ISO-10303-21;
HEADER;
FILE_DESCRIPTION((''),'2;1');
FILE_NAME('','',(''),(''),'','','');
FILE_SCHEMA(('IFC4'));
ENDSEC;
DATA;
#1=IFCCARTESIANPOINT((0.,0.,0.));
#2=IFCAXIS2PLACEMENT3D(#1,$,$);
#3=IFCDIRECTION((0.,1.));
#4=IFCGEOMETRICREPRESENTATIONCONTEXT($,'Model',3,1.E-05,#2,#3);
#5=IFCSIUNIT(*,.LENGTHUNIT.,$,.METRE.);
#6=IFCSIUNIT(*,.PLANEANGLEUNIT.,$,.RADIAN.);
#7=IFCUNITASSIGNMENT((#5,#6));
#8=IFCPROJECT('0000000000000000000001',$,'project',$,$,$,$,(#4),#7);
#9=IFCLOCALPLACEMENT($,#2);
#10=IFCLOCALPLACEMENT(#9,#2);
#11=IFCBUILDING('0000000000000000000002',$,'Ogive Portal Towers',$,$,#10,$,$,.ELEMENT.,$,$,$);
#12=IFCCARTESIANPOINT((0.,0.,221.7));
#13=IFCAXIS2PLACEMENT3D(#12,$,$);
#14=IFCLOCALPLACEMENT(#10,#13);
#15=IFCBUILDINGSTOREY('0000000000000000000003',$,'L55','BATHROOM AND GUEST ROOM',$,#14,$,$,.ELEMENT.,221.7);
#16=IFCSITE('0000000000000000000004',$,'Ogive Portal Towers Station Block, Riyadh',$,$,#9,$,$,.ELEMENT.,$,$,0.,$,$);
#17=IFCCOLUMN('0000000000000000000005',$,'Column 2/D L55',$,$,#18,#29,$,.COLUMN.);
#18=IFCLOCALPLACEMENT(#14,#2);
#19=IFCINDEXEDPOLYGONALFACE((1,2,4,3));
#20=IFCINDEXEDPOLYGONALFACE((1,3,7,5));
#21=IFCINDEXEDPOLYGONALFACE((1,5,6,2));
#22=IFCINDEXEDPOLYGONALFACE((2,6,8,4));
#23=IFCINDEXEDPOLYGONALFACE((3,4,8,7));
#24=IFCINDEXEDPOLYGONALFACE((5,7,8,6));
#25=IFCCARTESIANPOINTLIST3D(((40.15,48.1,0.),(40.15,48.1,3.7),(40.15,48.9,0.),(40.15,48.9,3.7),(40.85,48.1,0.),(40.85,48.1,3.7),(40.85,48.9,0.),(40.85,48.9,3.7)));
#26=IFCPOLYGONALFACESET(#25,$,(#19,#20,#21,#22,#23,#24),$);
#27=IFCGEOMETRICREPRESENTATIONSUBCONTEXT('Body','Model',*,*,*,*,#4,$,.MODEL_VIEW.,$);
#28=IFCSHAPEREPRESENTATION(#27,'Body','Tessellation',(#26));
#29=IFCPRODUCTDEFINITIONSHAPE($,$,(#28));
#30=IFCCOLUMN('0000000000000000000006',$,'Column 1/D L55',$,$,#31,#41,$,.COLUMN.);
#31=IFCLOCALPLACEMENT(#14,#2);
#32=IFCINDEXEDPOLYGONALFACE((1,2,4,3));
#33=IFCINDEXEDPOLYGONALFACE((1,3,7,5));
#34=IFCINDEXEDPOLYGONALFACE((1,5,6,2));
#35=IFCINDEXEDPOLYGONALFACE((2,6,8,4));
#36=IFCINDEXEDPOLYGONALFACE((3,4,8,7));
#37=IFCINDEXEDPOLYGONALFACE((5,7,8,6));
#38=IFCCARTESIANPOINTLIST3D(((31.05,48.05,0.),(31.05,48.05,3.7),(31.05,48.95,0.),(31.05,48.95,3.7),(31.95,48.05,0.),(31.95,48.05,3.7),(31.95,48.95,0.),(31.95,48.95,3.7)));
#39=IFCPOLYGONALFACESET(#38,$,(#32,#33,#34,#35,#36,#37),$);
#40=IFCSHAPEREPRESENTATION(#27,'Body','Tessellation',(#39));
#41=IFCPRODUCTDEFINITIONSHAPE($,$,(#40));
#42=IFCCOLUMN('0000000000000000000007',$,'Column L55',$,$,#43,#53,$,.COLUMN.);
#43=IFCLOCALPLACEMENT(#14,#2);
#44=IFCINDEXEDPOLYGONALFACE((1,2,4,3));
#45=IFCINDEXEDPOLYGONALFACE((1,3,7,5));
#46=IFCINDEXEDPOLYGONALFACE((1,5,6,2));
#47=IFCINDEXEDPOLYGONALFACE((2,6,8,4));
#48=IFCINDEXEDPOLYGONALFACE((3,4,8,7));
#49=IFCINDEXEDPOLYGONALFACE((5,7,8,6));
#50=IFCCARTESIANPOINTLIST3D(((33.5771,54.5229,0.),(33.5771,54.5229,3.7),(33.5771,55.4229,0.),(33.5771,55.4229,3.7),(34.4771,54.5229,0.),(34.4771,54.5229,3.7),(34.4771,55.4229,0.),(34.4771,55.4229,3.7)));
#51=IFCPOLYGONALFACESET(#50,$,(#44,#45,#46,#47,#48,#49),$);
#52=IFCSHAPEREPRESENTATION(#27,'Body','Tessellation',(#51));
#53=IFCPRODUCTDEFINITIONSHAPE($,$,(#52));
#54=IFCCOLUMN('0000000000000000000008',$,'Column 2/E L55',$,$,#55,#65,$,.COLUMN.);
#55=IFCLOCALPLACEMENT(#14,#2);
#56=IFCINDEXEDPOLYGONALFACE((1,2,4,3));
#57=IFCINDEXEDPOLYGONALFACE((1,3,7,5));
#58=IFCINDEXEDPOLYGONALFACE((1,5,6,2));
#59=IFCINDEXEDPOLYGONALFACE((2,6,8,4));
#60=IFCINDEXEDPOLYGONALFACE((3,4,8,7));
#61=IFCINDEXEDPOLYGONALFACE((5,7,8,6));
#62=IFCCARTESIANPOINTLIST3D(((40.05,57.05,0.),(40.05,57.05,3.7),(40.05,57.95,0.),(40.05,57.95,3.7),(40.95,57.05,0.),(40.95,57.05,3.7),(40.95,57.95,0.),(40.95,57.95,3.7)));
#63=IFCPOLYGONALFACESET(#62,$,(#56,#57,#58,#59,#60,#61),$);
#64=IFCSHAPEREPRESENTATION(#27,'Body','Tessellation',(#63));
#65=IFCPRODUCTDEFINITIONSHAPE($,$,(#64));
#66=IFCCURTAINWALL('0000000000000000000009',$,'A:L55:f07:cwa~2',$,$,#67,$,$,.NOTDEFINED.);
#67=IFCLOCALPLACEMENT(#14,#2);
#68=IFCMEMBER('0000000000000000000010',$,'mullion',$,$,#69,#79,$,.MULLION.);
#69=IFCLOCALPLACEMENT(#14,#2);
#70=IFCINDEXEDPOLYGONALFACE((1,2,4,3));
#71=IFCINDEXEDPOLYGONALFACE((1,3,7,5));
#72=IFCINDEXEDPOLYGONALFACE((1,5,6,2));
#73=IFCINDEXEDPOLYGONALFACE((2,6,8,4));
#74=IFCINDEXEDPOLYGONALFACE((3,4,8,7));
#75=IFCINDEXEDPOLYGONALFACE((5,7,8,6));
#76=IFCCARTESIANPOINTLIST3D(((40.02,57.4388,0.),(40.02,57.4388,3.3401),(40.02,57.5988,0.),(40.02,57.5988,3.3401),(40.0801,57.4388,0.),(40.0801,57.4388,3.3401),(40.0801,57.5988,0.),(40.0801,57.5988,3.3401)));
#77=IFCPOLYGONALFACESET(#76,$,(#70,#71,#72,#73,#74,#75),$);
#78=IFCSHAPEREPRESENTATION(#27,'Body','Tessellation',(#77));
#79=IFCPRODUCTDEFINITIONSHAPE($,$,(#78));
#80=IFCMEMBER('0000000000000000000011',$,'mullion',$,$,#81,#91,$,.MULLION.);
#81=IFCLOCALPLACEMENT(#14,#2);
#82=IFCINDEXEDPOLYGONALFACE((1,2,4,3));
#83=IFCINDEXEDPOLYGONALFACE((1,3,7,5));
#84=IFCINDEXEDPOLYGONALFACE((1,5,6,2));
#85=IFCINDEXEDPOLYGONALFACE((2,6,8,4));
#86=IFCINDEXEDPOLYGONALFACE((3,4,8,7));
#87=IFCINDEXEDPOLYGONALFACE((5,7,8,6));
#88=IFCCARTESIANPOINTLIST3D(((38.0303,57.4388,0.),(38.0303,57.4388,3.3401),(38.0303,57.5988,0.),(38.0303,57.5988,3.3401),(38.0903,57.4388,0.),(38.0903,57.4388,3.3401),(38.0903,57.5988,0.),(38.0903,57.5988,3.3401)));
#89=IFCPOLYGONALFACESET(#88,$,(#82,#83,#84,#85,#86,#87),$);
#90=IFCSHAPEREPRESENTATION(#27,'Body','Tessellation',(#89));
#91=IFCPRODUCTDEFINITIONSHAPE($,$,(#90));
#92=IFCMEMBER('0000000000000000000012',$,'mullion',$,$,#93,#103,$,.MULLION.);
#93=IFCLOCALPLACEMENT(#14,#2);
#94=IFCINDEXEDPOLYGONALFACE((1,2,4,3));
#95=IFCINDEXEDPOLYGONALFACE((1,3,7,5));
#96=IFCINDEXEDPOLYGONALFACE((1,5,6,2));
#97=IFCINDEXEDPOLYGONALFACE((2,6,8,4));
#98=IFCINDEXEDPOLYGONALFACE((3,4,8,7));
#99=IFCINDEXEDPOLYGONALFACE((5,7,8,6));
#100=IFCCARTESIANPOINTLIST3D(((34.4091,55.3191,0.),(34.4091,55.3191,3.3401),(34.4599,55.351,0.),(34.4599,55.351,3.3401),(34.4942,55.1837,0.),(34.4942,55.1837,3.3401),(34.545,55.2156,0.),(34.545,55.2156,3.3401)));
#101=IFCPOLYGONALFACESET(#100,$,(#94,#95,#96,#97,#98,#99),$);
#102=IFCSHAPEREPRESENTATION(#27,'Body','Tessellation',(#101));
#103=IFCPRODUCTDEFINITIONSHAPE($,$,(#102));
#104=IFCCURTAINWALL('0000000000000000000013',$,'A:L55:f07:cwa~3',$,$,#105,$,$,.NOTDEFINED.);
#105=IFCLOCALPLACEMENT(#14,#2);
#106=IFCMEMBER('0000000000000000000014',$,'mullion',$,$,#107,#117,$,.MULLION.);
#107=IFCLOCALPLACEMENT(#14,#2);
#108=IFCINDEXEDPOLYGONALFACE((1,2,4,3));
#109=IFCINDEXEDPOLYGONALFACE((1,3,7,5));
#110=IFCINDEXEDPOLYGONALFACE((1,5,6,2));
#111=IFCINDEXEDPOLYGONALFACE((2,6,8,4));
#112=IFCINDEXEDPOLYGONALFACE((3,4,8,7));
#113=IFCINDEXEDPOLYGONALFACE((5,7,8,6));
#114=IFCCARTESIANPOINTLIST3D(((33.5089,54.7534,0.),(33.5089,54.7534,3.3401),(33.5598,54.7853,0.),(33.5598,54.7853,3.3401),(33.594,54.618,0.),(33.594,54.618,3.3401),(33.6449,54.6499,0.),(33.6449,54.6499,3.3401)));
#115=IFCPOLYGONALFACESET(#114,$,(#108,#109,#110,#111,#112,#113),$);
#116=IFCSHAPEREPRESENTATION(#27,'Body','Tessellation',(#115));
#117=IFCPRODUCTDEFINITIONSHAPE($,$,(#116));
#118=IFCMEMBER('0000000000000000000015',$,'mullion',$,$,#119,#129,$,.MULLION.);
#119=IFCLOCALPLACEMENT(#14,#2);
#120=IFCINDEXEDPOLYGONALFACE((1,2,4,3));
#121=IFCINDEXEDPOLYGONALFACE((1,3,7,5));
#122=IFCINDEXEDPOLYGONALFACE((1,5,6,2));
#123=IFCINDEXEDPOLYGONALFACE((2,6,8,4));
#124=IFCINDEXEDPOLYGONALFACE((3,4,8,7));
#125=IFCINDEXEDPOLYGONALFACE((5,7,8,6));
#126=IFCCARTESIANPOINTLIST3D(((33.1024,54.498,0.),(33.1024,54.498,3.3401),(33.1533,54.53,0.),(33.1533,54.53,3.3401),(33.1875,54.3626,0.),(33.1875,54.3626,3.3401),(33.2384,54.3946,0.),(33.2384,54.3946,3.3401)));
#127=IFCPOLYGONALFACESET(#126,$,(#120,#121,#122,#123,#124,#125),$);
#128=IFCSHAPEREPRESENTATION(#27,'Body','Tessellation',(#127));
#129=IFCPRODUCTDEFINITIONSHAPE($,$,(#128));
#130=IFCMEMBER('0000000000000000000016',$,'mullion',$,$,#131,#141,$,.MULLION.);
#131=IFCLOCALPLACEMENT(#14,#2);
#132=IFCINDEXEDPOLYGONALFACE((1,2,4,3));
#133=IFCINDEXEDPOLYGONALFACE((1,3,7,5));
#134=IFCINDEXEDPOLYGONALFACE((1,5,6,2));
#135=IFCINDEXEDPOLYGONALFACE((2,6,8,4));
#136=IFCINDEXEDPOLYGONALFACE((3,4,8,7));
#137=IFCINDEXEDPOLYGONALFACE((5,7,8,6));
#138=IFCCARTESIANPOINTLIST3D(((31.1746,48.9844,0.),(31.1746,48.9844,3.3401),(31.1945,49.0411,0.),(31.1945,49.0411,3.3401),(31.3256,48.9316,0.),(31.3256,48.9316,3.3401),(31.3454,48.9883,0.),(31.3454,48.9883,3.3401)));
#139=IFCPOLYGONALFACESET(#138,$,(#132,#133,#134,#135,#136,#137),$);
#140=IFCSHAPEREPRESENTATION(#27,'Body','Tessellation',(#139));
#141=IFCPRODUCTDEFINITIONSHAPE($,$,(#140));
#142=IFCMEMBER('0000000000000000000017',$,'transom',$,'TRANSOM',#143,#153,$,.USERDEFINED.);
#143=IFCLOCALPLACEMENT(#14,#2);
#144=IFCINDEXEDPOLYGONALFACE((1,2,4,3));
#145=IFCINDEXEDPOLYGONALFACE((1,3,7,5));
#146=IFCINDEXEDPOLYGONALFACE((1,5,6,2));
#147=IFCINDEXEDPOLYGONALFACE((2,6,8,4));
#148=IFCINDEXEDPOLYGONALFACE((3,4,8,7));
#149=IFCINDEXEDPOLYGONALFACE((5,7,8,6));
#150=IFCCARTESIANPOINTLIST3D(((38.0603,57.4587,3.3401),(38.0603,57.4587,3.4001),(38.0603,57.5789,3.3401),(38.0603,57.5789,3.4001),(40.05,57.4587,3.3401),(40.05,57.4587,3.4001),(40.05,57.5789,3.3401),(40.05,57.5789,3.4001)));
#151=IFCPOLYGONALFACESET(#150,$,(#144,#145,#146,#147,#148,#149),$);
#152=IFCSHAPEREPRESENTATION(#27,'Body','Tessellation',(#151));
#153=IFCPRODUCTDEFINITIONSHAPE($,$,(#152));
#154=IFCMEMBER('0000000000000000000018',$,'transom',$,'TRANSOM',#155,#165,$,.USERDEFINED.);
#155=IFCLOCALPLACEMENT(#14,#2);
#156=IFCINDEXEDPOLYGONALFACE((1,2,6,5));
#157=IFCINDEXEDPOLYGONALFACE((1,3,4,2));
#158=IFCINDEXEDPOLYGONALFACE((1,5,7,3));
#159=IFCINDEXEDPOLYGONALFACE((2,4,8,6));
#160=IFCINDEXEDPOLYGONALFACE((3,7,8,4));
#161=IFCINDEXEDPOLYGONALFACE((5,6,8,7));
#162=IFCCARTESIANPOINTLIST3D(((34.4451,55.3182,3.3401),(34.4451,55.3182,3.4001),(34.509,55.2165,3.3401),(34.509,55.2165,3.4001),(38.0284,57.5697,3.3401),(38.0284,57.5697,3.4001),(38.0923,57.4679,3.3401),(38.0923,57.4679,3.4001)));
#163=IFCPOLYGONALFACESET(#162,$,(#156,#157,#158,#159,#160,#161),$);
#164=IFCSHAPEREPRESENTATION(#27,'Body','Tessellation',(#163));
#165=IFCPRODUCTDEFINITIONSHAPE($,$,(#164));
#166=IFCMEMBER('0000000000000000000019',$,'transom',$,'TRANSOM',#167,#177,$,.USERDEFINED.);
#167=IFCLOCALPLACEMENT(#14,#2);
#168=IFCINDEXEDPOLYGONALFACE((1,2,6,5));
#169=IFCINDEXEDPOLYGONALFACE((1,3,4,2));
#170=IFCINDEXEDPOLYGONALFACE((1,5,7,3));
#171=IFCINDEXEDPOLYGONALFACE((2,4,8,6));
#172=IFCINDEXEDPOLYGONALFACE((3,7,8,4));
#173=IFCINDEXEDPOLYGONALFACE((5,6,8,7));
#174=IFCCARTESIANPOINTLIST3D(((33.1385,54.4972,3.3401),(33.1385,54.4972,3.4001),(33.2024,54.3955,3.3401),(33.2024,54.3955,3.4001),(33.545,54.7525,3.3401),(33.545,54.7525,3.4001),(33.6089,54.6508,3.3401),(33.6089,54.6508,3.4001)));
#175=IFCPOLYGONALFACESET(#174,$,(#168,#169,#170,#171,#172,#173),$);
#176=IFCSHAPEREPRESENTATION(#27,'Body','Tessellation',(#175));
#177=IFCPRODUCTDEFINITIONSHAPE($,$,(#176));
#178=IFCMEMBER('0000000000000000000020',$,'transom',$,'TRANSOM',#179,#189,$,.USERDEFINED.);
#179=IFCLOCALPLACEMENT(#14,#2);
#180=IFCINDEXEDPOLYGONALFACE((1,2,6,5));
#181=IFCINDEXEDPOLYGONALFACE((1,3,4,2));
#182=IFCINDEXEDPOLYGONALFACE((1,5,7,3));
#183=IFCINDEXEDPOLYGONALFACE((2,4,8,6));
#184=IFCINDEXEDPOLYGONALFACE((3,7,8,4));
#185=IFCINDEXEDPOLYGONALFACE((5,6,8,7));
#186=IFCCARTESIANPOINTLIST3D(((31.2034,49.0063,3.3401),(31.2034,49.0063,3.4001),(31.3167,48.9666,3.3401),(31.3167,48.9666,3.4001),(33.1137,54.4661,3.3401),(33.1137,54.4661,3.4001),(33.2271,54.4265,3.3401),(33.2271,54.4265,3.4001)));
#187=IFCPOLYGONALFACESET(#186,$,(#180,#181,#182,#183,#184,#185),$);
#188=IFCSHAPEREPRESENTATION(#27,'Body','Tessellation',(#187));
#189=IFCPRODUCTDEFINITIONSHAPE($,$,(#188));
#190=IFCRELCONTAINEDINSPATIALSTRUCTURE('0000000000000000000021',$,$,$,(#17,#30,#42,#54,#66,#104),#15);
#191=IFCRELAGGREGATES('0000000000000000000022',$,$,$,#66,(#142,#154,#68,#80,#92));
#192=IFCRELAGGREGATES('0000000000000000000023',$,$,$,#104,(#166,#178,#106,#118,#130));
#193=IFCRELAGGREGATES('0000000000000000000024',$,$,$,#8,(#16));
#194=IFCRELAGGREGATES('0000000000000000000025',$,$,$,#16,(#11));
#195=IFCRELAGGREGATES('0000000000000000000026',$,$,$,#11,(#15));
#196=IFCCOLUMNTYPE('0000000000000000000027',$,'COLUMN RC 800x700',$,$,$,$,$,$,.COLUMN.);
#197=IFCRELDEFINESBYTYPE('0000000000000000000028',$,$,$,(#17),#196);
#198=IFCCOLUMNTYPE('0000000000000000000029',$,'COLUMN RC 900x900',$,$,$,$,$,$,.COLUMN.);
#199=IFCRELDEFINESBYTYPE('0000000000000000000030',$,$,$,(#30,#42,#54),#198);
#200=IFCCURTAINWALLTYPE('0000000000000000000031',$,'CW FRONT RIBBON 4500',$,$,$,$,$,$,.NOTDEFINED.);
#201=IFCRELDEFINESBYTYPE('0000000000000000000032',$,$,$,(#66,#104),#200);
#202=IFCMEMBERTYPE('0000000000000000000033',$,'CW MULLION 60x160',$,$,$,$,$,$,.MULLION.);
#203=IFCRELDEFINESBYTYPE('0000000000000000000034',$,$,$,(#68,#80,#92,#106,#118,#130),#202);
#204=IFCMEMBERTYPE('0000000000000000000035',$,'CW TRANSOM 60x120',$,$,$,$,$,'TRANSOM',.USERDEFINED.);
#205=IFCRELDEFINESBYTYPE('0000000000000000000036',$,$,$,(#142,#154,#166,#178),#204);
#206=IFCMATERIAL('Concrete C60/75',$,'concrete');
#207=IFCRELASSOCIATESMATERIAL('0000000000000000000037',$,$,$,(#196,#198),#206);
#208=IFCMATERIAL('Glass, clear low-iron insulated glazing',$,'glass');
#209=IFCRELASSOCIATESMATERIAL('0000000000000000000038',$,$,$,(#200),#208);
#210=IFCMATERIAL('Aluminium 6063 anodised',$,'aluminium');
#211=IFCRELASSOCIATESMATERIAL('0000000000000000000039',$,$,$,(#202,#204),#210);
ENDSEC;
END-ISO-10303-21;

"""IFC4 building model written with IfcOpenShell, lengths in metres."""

from ifc_helpers import new_model, si_unit, direction, frame, origin, origin_2d, place, context, subcontext, project, spatial, rectangle, extrude, material, material_profile, profile_set, type_object, element, aggregate, save


model = new_model("IFC4")

# Units and contexts
model_context = context("Model", 3, precision=1e-05, world=origin(), true_north=direction((0.0, 1.0)))
body_context = subcontext(model_context, "Body", "Model", "MODEL_VIEW")
ifc_project = project(units=[si_unit("LENGTHUNIT", "METRE"), si_unit("PLANEANGLEUNIT", "RADIAN")], contexts=[model_context])

# Site, building, storey
site_placement = place(None, origin())
site = spatial("IfcSite", under=ifc_project, at=site_placement, Name="Ogive Portal Towers Station Block, Riyadh", CompositionType="ELEMENT", RefElevation=0.0)
building_placement = place(site_placement, origin())
building = spatial("IfcBuilding", under=site, at=building_placement, Name="Ogive Portal Towers", CompositionType="ELEMENT")
storey_placement = place(building_placement, frame((0.0, 0.0, 221.7)))
storey = spatial("IfcBuildingStorey", under=building, at=storey_placement, Name="L55", Description="BATHROOM AND GUEST ROOM", CompositionType="ELEMENT", Elevation=221.7)

# Columns
ifc_material_1 = material(Name="Concrete C60/75", Category="concrete")
ifc_material_profile_1 = material_profile(ifc_material_1, rectangle(XDim=0.8, YDim=0.7, at=origin_2d()), Name="RC 800x700")
ifc_profile_set_1 = profile_set([ifc_material_profile_1], Name="Concrete C60/75")
column_type_1 = type_object("IfcColumnType", Name="COLUMN RC 800x700", PredefinedType="COLUMN", material=ifc_profile_set_1)
column_placement = place(storey_placement, frame((40.5, 48.5, 0.0), z_axis=(0.0, 0.0, 1.0), x_axis=(0.0, 1.0, 0.0)))
element("IfcColumn", 1, at=column_placement, inside=storey, type_object=column_type_1, Name="Column 2/D L55", PredefinedType="COLUMN", context=body_context, shape_type="SweptSolid", body=[
    extrude(rectangle(XDim=0.8, YDim=0.7, at=origin_2d()), origin(), (0.0, 0.0, 1.0), 3.7),
])
ifc_material_profile_2 = material_profile(ifc_material_1, rectangle(XDim=0.8999, YDim=0.8999, at=origin_2d()), Name="RC 900x900")
ifc_profile_set_2 = profile_set([ifc_material_profile_2], Name="Concrete C60/75")
column_type_2 = type_object("IfcColumnType", Name="COLUMN RC 900x900", PredefinedType="COLUMN", material=ifc_profile_set_2)
for number, where, z_axis, x_axis, name in (
    (2, (31.5, 48.5, 0.0), (0.0, 0.0, 1.0), (1.0, 0.0, 0.0), "Column 1/D L55"),
    (3, (34.0271, 54.9729, 0.0), (0.0, 0.0, 1.0), (1.0, 0.0, 0.0), "Column L55"),
    (4, (40.5, 57.5, 0.0), (0.0, 0.0, 1.0), (1.0, 0.0, 0.0), "Column 2/E L55"),
):
    element("IfcColumn", number, at=place(storey_placement, frame(where, z_axis=z_axis, x_axis=x_axis)), inside=storey, type_object=column_type_2, Name=name, PredefinedType="COLUMN", context=body_context, shape_type="SweptSolid", body=[
        extrude(rectangle(XDim=0.8999, YDim=0.8999, at=origin_2d()), origin(), (0.0, 0.0, 1.0), 3.7),
    ])

# Curtain walls, members
ifc_material_2 = material(Name="Glass, clear low-iron insulated glazing", Category="glass")
curtain_wall_type = type_object("IfcCurtainWallType", Name="CW FRONT RIBBON 4500", PredefinedType="NOTDEFINED", material=ifc_material_2)
curtain_wall_1_placement = place(storey_placement, origin())
curtain_wall_1 = element("IfcCurtainWall", 5, at=curtain_wall_1_placement, inside=storey, type_object=curtain_wall_type, Name="A:L55:f07:cwa~2", PredefinedType="NOTDEFINED")
ifc_material_3 = material(Name="Aluminium 6063 anodised", Category="aluminium")
ifc_material_profile_3 = material_profile(ifc_material_3, rectangle(XDim=0.1599, YDim=0.0601, at=origin_2d()), Name="AL 60x160")
ifc_profile_set_3 = profile_set([ifc_material_profile_3], Name="Aluminium 6063 anodised")
member_type_1 = type_object("IfcMemberType", Name="CW MULLION 60x160", PredefinedType="MULLION", material=ifc_profile_set_3)
member_1_placement = place(storey_placement, frame((40.05, 57.5188, 0.0), z_axis=(0.0, 0.0, 1.0), x_axis=(0.0, -1.0, 0.0)))
member_1 = element("IfcMember", 6, at=member_1_placement, type_object=member_type_1, Name="mullion", PredefinedType="MULLION", context=body_context, shape_type="SweptSolid", body=[
    extrude(rectangle(XDim=0.1599, YDim=0.0601, at=origin_2d()), origin(), (0.0, 0.0, 1.0), 3.3401),
])
member_2_placement = place(storey_placement, frame((38.0603, 57.5188, 0.0), z_axis=(0.0, 0.0, 1.0), x_axis=(0.0, -1.0, 0.0)))
member_2 = element("IfcMember", 7, at=member_2_placement, type_object=member_type_1, Name="mullion", PredefinedType="MULLION", context=body_context, shape_type="SweptSolid", body=[
    extrude(rectangle(XDim=0.1599, YDim=0.0601, at=origin_2d()), origin(), (0.0, 0.0, 1.0), 3.3401),
])
member_3_placement = place(storey_placement, frame((34.4771, 55.2673, 0.0), z_axis=(0.0, 0.0, 1.0), x_axis=(0.532032, -0.846724, 0.0)))
member_3 = element("IfcMember", 8, at=member_3_placement, type_object=member_type_1, Name="mullion", PredefinedType="MULLION", context=body_context, shape_type="SweptSolid", body=[
    extrude(rectangle(XDim=0.1599, YDim=0.0601, at=origin_2d()), origin(), (0.0, 0.0, 1.0), 3.3401),
])
curtain_wall_2_placement = place(storey_placement, origin())
curtain_wall_2 = element("IfcCurtainWall", 9, at=curtain_wall_2_placement, inside=storey, type_object=curtain_wall_type, Name="A:L55:f07:cwa~3", PredefinedType="NOTDEFINED")
member_4_placement = place(storey_placement, frame((33.5769, 54.7017, 0.0), z_axis=(0.0, 0.0, 1.0), x_axis=(0.532032, -0.846724, 0.0)))
member_4 = element("IfcMember", 10, at=member_4_placement, type_object=member_type_1, Name="mullion", PredefinedType="MULLION", context=body_context, shape_type="SweptSolid", body=[
    extrude(rectangle(XDim=0.1599, YDim=0.0601, at=origin_2d()), origin(), (0.0, 0.0, 1.0), 3.3401),
])
member_5_placement = place(storey_placement, frame((33.1704, 54.4463, 0.0), z_axis=(0.0, 0.0, 1.0), x_axis=(0.532032, -0.846724, 0.0)))
member_5 = element("IfcMember", 11, at=member_5_placement, type_object=member_type_1, Name="mullion", PredefinedType="MULLION", context=body_context, shape_type="SweptSolid", body=[
    extrude(rectangle(XDim=0.1599, YDim=0.0601, at=origin_2d()), origin(), (0.0, 0.0, 1.0), 3.3401),
])
member_6_placement = place(storey_placement, frame((31.26, 48.9863, 0.0), z_axis=(0.0, 0.0, 1.0), x_axis=(0.943883, -0.330279, 0.0)))
member_6 = element("IfcMember", 12, at=member_6_placement, type_object=member_type_1, Name="mullion", PredefinedType="MULLION", context=body_context, shape_type="SweptSolid", body=[
    extrude(rectangle(XDim=0.1599, YDim=0.0601, at=origin_2d()), origin(), (0.0, 0.0, 1.0), 3.3401),
])

# Members
ifc_material_profile_4 = material_profile(ifc_material_3, rectangle(XDim=0.1201, YDim=0.0601, at=origin_2d()), Name="AL 120x60")
ifc_profile_set_4 = profile_set([ifc_material_profile_4], Name="Aluminium 6063 anodised")
member_type_2 = type_object("IfcMemberType", Name="CW TRANSOM 60x120", ElementType="TRANSOM", PredefinedType="USERDEFINED", material=ifc_profile_set_4)
member_7_placement = place(storey_placement, frame((40.05, 57.5188, 3.3701), z_axis=(-1.0, 0.0, 0.0), x_axis=(0.0, -1.0, 0.0)))
member_7 = element("IfcMember", 13, at=member_7_placement, type_object=member_type_2, Name="transom", ObjectType="TRANSOM", PredefinedType="USERDEFINED", context=body_context, shape_type="SweptSolid", body=[
    extrude(rectangle(XDim=0.1201, YDim=0.0601, at=origin_2d()), origin(), (0.0, 0.0, 1.0), 1.9897),
])
member_8_placement = place(storey_placement, frame((38.0603, 57.5188, 3.3701), z_axis=(-0.846729, -0.532025, 0.0), x_axis=(0.532025, -0.846729, 0.0)))
member_8 = element("IfcMember", 14, at=member_8_placement, type_object=member_type_2, Name="transom", ObjectType="TRANSOM", PredefinedType="USERDEFINED", context=body_context, shape_type="SweptSolid", body=[
    extrude(rectangle(XDim=0.1201, YDim=0.0601, at=origin_2d()), origin(), (0.0, 0.0, 1.0), 4.2319),
])
member_9_placement = place(storey_placement, frame((33.5769, 54.7017, 3.3701), z_axis=(-0.846767, -0.531963, 0.0), x_axis=(0.531963, -0.846767, 0.0)))
member_9 = element("IfcMember", 15, at=member_9_placement, type_object=member_type_2, Name="transom", ObjectType="TRANSOM", PredefinedType="USERDEFINED", context=body_context, shape_type="SweptSolid", body=[
    extrude(rectangle(XDim=0.1201, YDim=0.0601, at=origin_2d()), origin(), (0.0, 0.0, 1.0), 0.48),
])
member_10_placement = place(storey_placement, frame((33.1704, 54.4463, 3.3701), z_axis=(-0.33026, -0.94389, 0.0), x_axis=(0.94389, -0.33026, 0.0)))
member_10 = element("IfcMember", 16, at=member_10_placement, type_object=member_type_2, Name="transom", ObjectType="TRANSOM", PredefinedType="USERDEFINED", context=body_context, shape_type="SweptSolid", body=[
    extrude(rectangle(XDim=0.1201, YDim=0.0601, at=origin_2d()), origin(), (0.0, 0.0, 1.0), 5.7844),
])

aggregate(curtain_wall_1, [member_7, member_8, member_1, member_2, member_3])
aggregate(curtain_wall_2, [member_9, member_10, member_4, member_5, member_6])

save(model, "model.ifc")
